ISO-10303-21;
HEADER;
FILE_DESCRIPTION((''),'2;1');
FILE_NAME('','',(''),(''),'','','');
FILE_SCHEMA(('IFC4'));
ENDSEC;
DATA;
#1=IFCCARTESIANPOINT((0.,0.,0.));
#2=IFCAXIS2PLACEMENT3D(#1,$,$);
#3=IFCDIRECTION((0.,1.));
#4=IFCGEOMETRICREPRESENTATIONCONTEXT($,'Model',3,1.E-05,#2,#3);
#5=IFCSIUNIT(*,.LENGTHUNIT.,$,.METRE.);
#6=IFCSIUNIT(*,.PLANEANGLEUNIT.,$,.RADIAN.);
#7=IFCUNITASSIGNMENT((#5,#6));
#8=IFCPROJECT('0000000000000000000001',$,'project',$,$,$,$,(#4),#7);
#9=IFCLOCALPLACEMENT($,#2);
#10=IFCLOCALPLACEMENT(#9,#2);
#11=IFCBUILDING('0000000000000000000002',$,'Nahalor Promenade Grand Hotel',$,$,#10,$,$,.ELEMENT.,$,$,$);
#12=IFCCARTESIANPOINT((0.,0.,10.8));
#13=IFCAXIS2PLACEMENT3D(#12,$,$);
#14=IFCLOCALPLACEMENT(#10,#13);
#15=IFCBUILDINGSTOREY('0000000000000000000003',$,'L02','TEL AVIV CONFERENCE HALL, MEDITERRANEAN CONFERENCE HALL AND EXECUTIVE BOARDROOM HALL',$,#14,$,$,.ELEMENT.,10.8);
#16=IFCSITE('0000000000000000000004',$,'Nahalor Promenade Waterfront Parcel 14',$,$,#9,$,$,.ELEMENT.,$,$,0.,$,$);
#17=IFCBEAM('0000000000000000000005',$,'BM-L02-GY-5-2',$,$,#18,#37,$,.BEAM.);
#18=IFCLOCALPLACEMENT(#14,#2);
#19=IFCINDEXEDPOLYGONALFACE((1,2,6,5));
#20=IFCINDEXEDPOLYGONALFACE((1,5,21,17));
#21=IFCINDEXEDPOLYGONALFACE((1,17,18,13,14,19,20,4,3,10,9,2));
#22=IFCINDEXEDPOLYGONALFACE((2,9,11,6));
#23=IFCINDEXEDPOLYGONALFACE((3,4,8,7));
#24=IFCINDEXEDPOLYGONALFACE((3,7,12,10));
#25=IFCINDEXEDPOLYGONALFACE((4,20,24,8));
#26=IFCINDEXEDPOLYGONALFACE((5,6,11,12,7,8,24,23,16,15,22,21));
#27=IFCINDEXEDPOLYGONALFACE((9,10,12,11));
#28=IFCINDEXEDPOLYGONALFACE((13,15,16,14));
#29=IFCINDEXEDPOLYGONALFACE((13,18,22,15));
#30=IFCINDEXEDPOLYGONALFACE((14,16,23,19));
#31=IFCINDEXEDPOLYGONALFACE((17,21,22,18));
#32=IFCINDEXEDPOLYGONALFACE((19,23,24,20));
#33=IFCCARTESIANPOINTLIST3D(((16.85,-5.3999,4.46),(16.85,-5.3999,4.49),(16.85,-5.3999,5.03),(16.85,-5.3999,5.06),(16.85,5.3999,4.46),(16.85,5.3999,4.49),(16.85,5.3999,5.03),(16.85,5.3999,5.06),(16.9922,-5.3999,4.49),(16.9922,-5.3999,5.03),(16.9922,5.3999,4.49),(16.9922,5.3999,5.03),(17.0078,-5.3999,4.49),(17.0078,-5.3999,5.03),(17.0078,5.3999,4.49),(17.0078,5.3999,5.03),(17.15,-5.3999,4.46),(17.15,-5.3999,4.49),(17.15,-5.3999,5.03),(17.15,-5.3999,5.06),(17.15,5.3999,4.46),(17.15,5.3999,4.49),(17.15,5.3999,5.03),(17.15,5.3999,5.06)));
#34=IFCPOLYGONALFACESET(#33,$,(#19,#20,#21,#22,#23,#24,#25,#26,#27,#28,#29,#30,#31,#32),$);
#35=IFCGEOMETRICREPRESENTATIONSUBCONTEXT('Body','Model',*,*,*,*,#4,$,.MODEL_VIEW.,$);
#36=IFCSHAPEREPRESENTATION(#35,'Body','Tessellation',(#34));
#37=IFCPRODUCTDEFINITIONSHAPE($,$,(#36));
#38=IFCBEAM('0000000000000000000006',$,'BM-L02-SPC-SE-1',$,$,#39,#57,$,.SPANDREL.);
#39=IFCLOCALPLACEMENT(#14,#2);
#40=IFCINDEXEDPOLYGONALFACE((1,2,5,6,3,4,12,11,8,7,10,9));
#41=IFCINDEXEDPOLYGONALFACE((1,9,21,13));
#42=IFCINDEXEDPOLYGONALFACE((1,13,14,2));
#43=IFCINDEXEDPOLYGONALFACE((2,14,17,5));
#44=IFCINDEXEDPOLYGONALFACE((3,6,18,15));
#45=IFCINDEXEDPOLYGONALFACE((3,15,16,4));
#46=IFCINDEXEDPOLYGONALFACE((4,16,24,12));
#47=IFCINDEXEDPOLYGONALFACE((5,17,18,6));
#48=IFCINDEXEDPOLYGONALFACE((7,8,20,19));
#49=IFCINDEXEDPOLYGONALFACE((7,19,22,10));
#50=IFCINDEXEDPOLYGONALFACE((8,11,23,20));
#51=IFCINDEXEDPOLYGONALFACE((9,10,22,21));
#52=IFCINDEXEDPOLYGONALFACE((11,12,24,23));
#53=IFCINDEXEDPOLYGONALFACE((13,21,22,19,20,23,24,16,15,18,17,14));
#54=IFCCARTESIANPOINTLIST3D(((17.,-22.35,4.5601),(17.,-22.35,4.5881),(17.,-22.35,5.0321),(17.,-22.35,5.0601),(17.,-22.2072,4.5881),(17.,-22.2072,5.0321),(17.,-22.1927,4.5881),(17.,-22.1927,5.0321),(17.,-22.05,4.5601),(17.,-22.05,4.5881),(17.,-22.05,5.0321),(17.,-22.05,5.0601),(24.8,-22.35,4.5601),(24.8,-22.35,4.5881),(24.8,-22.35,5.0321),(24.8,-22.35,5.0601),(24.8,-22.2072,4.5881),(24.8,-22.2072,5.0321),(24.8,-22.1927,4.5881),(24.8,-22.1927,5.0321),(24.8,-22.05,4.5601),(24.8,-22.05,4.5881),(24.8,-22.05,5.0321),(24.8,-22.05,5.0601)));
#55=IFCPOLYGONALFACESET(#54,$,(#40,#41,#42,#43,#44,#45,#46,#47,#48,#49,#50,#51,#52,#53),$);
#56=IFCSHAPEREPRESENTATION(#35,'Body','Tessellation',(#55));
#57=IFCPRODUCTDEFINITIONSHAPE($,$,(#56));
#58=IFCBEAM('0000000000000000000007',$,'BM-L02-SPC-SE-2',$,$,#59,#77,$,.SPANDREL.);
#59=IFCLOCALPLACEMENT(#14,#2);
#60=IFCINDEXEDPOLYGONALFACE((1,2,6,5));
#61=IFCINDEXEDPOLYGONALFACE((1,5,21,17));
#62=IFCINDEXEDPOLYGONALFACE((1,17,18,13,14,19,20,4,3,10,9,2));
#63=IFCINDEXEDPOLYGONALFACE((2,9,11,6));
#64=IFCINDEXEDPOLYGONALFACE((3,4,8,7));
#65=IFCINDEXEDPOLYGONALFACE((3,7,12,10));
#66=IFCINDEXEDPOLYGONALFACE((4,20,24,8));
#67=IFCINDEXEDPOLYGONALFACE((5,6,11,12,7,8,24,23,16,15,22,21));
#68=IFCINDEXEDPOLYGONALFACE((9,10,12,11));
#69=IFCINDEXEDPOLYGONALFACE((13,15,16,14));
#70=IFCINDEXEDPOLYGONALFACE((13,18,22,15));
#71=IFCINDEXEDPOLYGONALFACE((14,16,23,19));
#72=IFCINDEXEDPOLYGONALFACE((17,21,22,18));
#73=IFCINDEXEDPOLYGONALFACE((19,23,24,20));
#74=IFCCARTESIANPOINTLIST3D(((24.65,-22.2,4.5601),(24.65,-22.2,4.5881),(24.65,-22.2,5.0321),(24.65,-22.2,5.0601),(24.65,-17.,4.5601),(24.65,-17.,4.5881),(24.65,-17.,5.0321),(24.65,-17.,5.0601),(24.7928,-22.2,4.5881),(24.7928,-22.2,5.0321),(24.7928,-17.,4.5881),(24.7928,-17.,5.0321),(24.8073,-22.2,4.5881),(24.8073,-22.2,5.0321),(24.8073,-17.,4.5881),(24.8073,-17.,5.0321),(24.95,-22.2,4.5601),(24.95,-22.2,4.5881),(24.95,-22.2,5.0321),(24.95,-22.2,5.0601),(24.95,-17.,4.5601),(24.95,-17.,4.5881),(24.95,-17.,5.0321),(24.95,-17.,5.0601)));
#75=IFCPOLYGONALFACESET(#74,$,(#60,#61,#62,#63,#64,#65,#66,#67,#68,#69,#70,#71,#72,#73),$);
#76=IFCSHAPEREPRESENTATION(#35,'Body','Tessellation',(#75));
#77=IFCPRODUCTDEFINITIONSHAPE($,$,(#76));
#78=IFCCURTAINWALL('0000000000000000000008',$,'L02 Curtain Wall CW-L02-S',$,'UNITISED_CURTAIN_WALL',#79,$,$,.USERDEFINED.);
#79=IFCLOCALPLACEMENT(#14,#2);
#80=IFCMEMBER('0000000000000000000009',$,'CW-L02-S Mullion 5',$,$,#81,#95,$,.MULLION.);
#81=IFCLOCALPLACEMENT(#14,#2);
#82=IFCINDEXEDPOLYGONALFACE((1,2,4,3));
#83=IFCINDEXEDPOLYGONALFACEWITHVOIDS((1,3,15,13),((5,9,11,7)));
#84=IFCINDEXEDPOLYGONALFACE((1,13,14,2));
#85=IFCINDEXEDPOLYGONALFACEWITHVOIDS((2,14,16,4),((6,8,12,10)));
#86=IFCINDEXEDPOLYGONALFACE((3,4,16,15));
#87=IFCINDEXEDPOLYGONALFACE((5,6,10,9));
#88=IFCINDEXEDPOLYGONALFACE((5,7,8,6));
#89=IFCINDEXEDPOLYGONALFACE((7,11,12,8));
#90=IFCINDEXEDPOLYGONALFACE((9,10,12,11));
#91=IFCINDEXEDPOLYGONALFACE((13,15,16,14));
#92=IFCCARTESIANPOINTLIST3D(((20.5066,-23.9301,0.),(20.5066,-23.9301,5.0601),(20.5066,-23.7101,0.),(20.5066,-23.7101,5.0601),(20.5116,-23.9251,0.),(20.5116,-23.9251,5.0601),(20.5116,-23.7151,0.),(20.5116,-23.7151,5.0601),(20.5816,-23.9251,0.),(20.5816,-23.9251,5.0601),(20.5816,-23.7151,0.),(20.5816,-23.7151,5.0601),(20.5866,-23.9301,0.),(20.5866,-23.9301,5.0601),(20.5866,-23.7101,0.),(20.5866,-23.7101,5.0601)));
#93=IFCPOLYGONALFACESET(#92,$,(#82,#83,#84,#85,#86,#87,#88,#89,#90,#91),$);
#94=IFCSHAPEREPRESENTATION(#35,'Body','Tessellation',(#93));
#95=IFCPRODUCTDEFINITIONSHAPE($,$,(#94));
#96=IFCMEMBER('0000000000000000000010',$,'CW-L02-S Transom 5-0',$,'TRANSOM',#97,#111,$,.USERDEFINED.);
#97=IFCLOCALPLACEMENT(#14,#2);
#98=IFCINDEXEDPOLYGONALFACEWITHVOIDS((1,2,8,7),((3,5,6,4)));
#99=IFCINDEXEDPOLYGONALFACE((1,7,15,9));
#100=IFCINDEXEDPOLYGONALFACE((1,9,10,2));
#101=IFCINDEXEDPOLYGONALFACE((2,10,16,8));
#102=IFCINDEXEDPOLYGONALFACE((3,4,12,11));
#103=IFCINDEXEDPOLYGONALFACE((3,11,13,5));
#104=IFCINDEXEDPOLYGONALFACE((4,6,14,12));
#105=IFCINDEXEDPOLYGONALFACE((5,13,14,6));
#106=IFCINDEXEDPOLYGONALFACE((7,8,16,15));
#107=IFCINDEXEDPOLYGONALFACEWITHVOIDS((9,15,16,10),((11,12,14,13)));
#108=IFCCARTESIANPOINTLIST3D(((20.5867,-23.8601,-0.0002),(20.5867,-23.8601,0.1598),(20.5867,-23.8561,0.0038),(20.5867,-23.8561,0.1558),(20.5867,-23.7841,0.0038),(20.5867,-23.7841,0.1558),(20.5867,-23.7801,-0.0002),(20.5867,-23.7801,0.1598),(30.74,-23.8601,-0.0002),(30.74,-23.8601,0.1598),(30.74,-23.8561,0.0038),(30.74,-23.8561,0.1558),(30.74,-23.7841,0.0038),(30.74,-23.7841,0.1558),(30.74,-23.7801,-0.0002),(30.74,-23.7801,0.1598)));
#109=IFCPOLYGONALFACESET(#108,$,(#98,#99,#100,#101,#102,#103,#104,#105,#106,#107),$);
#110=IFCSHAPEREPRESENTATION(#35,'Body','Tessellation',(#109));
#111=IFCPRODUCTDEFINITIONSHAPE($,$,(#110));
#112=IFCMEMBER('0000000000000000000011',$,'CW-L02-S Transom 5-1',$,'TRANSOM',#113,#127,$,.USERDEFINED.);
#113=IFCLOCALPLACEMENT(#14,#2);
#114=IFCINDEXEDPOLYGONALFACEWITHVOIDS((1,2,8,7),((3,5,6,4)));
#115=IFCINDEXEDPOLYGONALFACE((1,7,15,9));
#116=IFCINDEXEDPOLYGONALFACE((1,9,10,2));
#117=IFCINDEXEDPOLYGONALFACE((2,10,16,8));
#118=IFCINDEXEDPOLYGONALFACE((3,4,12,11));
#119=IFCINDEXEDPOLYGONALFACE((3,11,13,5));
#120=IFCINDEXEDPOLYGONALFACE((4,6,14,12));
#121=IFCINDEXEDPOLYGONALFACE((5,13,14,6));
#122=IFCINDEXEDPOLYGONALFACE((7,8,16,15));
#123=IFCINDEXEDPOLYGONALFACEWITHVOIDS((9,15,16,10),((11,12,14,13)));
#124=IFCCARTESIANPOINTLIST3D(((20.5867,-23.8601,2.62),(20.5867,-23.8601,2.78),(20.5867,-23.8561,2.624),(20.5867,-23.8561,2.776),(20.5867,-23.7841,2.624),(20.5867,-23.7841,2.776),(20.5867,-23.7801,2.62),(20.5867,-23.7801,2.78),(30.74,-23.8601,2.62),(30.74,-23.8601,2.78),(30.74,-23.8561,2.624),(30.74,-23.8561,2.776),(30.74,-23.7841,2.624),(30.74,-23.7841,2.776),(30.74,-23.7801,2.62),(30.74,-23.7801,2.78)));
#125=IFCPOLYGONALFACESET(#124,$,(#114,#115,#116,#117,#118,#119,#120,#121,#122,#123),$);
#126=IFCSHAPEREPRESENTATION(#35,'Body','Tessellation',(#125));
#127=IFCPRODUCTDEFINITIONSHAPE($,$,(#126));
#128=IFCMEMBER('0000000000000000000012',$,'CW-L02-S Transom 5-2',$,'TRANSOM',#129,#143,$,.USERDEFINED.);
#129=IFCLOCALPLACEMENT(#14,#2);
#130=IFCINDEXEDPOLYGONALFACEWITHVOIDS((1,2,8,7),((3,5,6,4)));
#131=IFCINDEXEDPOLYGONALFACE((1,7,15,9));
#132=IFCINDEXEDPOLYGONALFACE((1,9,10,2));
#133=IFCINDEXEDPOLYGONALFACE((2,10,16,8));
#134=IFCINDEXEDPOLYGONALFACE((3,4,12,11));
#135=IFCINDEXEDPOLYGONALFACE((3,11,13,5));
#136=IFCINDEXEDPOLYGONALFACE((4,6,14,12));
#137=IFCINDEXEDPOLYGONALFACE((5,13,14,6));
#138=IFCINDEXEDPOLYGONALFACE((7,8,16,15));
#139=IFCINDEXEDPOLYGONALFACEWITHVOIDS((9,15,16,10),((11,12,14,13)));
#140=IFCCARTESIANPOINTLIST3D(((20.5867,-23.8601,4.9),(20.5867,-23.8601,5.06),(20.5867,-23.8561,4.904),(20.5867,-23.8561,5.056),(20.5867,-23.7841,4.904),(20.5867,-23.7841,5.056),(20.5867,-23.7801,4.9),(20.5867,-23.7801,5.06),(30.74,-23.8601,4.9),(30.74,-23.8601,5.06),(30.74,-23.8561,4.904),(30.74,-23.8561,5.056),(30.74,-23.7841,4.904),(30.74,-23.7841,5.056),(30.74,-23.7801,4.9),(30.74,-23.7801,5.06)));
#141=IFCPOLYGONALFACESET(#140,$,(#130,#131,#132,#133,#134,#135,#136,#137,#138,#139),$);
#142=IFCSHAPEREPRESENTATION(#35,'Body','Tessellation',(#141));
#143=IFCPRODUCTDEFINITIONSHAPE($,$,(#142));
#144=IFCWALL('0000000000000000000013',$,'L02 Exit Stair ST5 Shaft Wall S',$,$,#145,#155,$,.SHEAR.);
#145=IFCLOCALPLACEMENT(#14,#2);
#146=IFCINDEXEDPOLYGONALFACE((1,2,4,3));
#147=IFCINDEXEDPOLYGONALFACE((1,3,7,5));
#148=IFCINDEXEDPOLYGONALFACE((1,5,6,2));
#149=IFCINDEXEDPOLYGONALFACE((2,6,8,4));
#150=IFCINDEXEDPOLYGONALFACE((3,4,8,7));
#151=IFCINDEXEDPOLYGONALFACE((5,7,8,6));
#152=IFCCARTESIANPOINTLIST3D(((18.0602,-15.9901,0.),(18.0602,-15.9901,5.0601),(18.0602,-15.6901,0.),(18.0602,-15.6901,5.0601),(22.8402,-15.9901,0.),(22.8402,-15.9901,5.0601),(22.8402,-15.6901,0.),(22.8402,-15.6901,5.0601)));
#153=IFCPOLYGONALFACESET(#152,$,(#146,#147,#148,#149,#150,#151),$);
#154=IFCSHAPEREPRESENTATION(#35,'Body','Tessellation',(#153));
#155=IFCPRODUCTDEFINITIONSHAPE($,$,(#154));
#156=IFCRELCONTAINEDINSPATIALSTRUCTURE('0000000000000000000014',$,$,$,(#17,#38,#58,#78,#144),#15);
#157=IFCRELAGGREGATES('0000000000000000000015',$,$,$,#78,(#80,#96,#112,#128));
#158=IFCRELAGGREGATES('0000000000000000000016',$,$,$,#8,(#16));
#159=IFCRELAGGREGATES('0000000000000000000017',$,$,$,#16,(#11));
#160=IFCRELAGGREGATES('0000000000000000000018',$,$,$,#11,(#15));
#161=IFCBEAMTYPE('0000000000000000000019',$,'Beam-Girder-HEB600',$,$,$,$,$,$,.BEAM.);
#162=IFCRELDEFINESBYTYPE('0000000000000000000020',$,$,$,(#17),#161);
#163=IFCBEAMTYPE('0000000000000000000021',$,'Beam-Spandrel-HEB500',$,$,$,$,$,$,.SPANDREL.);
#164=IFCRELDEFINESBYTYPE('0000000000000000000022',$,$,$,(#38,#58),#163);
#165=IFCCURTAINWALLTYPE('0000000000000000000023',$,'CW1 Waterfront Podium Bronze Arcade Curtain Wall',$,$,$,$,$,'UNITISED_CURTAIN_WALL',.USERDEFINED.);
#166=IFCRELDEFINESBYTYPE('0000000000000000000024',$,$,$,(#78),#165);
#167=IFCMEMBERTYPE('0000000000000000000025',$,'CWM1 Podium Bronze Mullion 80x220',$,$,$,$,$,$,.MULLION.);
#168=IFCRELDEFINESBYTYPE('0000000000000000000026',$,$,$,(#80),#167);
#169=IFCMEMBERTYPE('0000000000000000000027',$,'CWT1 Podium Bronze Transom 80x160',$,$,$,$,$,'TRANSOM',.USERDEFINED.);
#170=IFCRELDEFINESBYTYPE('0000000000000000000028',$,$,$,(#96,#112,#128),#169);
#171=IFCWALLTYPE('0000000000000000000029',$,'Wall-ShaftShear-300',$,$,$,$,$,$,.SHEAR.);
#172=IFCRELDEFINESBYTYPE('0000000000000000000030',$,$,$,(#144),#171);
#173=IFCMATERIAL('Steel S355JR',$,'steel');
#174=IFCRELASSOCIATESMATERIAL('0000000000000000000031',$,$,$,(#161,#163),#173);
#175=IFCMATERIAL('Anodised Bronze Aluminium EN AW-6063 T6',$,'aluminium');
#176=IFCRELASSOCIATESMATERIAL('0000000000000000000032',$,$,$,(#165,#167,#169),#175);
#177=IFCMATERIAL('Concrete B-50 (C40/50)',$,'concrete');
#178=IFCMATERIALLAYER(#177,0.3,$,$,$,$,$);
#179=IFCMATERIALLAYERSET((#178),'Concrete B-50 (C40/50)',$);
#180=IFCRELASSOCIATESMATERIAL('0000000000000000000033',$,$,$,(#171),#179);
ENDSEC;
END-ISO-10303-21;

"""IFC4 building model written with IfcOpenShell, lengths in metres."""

from ifc_helpers import new_model, si_unit, direction, frame, frame_2d, origin, origin_2d, place, context, subcontext, project, spatial, rectangle, hollow_rectangle, i_section, extrude, source, transform, mapped, material, layer, layer_set, material_profile, profile_set, type_object, element, aggregate, save


model = new_model("IFC4")

# Units and contexts
model_context = context("Model", 3, precision=1e-05, world=origin(), true_north=direction((0.0, 1.0)))
body_context = subcontext(model_context, "Body", "Model", "MODEL_VIEW")
ifc_project = project(units=[si_unit("LENGTHUNIT", "METRE"), si_unit("PLANEANGLEUNIT", "RADIAN")], contexts=[model_context])

# Site, building, storey
site_placement = place(None, origin())
site = spatial("IfcSite", under=ifc_project, at=site_placement, Name="Nahalor Promenade Waterfront Parcel 14", CompositionType="ELEMENT", RefElevation=0.0)
building_placement = place(site_placement, origin())
building = spatial("IfcBuilding", under=site, at=building_placement, Name="Nahalor Promenade Grand Hotel", CompositionType="ELEMENT")
storey_placement = place(building_placement, frame((0.0, 0.0, 10.8)))
storey = spatial("IfcBuildingStorey", under=building, at=storey_placement, Name="L02", Description="TEL AVIV CONFERENCE HALL, MEDITERRANEAN CONFERENCE HALL AND EXECUTIVE BOARDROOM HALL", CompositionType="ELEMENT", Elevation=10.8)

# Beams
ifc_material_1 = material(Name="Steel S355JR", Category="steel")
ifc_material_profile_1 = material_profile(ifc_material_1, i_section(OverallWidth=0.3, OverallDepth=0.6, WebThickness=0.0155, FlangeThickness=0.03, at=origin_2d()), Name="HEB 600")
ifc_profile_set_1 = profile_set([ifc_material_profile_1], Name="Steel S355JR")
beam_type_1 = type_object("IfcBeamType", Name="Beam-Girder-HEB600", PredefinedType="BEAM", material=ifc_profile_set_1)
shared_shape_1 = source(origin(), body_context, "Body", "SweptSolid", [
    extrude(i_section(OverallWidth=0.3, OverallDepth=0.6, WebThickness=0.0155, FlangeThickness=0.03, at=origin_2d()), origin(), (0.0, 0.0, 1.0), 10.7998),
])
beam_1_placement = place(storey_placement, frame((17.0, -5.3999, 4.76), z_axis=(0.0, 1.0, 0.0), x_axis=(-1.0, 0.0, 0.0)))
element("IfcBeam", 1, at=beam_1_placement, inside=storey, type_object=beam_type_1, Name="BM-L02-GY-5-2", PredefinedType="BEAM", context=body_context, shape_type="MappedRepresentation", body=[
    mapped(shared_shape_1, transform((0.0, 0.0, 0.0), scale=1.0)),
])
ifc_material_profile_2 = material_profile(ifc_material_1, i_section(OverallWidth=0.3, OverallDepth=0.5, WebThickness=0.0145, FlangeThickness=0.028, at=origin_2d()), Name="HEB 500")
ifc_profile_set_2 = profile_set([ifc_material_profile_2], Name="Steel S355JR")
beam_type_2 = type_object("IfcBeamType", Name="Beam-Spandrel-HEB500", PredefinedType="SPANDREL", material=ifc_profile_set_2)
shared_shape_2 = source(origin(), body_context, "Body", "SweptSolid", [
    extrude(i_section(OverallWidth=0.3, OverallDepth=0.5, WebThickness=0.0145, FlangeThickness=0.028, at=origin_2d()), origin(), (0.0, 0.0, 1.0), 7.8),
])
beam_2_placement = place(storey_placement, frame((17.0, -22.2, 4.8101), z_axis=(1.0, 0.0, 0.0), x_axis=(0.0, 1.0, 0.0)))
element("IfcBeam", 2, at=beam_2_placement, inside=storey, type_object=beam_type_2, Name="BM-L02-SPC-SE-1", PredefinedType="SPANDREL", context=body_context, shape_type="MappedRepresentation", body=[
    mapped(shared_shape_2, transform((0.0, 0.0, 0.0), scale=1.0)),
])
shared_shape_3 = source(origin(), body_context, "Body", "SweptSolid", [
    extrude(i_section(OverallWidth=0.3, OverallDepth=0.5, WebThickness=0.0145, FlangeThickness=0.028, at=origin_2d()), origin(), (0.0, 0.0, 1.0), 5.2),
])
beam_3_placement = place(storey_placement, frame((24.8, -22.2, 4.8101), z_axis=(0.0, 1.0, 0.0), x_axis=(-1.0, 0.0, 0.0)))
element("IfcBeam", 3, at=beam_3_placement, inside=storey, type_object=beam_type_2, Name="BM-L02-SPC-SE-2", PredefinedType="SPANDREL", context=body_context, shape_type="MappedRepresentation", body=[
    mapped(shared_shape_3, transform((0.0, 0.0, 0.0), scale=1.0)),
])

# Curtain wall, members
ifc_material_2 = material(Name="Anodised Bronze Aluminium EN AW-6063 T6", Category="aluminium")
curtain_wall_type = type_object("IfcCurtainWallType", Name="CW1 Waterfront Podium Bronze Arcade Curtain Wall", ElementType="UNITISED_CURTAIN_WALL", PredefinedType="USERDEFINED", material=ifc_material_2)
curtain_wall_placement = place(storey_placement, origin())
curtain_wall = element("IfcCurtainWall", 4, at=curtain_wall_placement, inside=storey, type_object=curtain_wall_type, Name="L02 Curtain Wall CW-L02-S", ObjectType="UNITISED_CURTAIN_WALL", PredefinedType="USERDEFINED")
ifc_material_profile_3 = material_profile(ifc_material_2, hollow_rectangle(XDim=0.08, YDim=0.22, WallThickness=0.005, at=origin_2d()), Name="CWM 80x220x5")
ifc_profile_set_3 = profile_set([ifc_material_profile_3], Name="Anodised Bronze Aluminium EN AW-6063 T6")
member_type_1 = type_object("IfcMemberType", Name="CWM1 Podium Bronze Mullion 80x220", PredefinedType="MULLION", material=ifc_profile_set_3)
shared_shape_4 = source(origin(), body_context, "Body", "SweptSolid", [
    extrude(hollow_rectangle(XDim=0.08, YDim=0.22, WallThickness=0.005, at=origin_2d()), origin(), (0.0, 0.0, 1.0), 5.0601),
])
member_1_placement = place(storey_placement, frame((20.5466, -23.8201, 0.0), z_axis=(0.0, 0.0, 1.0), x_axis=(1.0, 0.0, 0.0)))
member_1 = element("IfcMember", 5, at=member_1_placement, type_object=member_type_1, Name="CW-L02-S Mullion 5", PredefinedType="MULLION", context=body_context, shape_type="MappedRepresentation", body=[
    mapped(shared_shape_4, transform((0.0, 0.0, 0.0), scale=1.0)),
])
ifc_material_profile_4 = material_profile(ifc_material_2, hollow_rectangle(XDim=0.08, YDim=0.16, WallThickness=0.004, at=origin_2d()), Name="CWT 80x160x4")
ifc_profile_set_4 = profile_set([ifc_material_profile_4], Name="Anodised Bronze Aluminium EN AW-6063 T6")
member_type_2 = type_object("IfcMemberType", Name="CWT1 Podium Bronze Transom 80x160", ElementType="TRANSOM", PredefinedType="USERDEFINED", material=ifc_profile_set_4)
shared_shape_5 = source(origin(), body_context, "Body", "SweptSolid", [
    extrude(hollow_rectangle(XDim=0.08, YDim=0.16, WallThickness=0.004, at=origin_2d()), origin(), (0.0, 0.0, 1.0), 10.1533),
])
member_2_placement = place(storey_placement, frame((20.5867, -23.8201, 0.0798), z_axis=(1.0, 0.0, 0.0), x_axis=(0.0, 1.0, 0.0)))
member_2 = element("IfcMember", 6, at=member_2_placement, type_object=member_type_2, Name="CW-L02-S Transom 5-0", ObjectType="TRANSOM", PredefinedType="USERDEFINED", context=body_context, shape_type="MappedRepresentation", body=[
    mapped(shared_shape_5, transform((0.0, 0.0, 0.0), scale=1.0)),
])
member_3_placement = place(storey_placement, frame((20.5867, -23.8201, 2.7), z_axis=(1.0, 0.0, 0.0), x_axis=(0.0, 1.0, 0.0)))
member_3 = element("IfcMember", 7, at=member_3_placement, type_object=member_type_2, Name="CW-L02-S Transom 5-1", ObjectType="TRANSOM", PredefinedType="USERDEFINED", context=body_context, shape_type="MappedRepresentation", body=[
    mapped(shared_shape_5, transform((0.0, 0.0, 0.0), scale=1.0)),
])
member_4_placement = place(storey_placement, frame((20.5867, -23.8201, 4.98), z_axis=(1.0, 0.0, 0.0), x_axis=(0.0, 1.0, 0.0)))
member_4 = element("IfcMember", 8, at=member_4_placement, type_object=member_type_2, Name="CW-L02-S Transom 5-2", ObjectType="TRANSOM", PredefinedType="USERDEFINED", context=body_context, shape_type="MappedRepresentation", body=[
    mapped(shared_shape_5, transform((0.0, 0.0, 0.0), scale=1.0)),
])
aggregate(curtain_wall, [member_1, member_2, member_3, member_4])

# Wall
ifc_material_3 = material(Name="Concrete B-50 (C40/50)", Category="concrete")
ifc_layer_1 = layer(ifc_material_3, 0.3)
ifc_layer_set_1 = layer_set([ifc_layer_1], Name="Concrete B-50 (C40/50)")
wall_type_1 = type_object("IfcWallType", Name="Wall-ShaftShear-300", PredefinedType="SHEAR", material=ifc_layer_set_1)
shared_shape_6 = source(origin(), body_context, "Body", "SweptSolid", [
    extrude(rectangle(XDim=4.78, YDim=0.3, at=frame_2d((2.3901, 0.0))), origin(), (0.0, 0.0, 1.0), 5.0601),
])
wall_1_placement = place(storey_placement, frame((18.0601, -15.8401, 0.0), z_axis=(0.0, 0.0, 1.0), x_axis=(1.0, 0.0, 0.0)))
element("IfcWall", 9, at=wall_1_placement, inside=storey, type_object=wall_type_1, Name="L02 Exit Stair ST5 Shaft Wall S", PredefinedType="SHEAR", context=body_context, shape_type="MappedRepresentation", body=[
    mapped(shared_shape_6, transform((0.0, 0.0, 0.0), scale=1.0)),
])

save(model, "model.ifc")
